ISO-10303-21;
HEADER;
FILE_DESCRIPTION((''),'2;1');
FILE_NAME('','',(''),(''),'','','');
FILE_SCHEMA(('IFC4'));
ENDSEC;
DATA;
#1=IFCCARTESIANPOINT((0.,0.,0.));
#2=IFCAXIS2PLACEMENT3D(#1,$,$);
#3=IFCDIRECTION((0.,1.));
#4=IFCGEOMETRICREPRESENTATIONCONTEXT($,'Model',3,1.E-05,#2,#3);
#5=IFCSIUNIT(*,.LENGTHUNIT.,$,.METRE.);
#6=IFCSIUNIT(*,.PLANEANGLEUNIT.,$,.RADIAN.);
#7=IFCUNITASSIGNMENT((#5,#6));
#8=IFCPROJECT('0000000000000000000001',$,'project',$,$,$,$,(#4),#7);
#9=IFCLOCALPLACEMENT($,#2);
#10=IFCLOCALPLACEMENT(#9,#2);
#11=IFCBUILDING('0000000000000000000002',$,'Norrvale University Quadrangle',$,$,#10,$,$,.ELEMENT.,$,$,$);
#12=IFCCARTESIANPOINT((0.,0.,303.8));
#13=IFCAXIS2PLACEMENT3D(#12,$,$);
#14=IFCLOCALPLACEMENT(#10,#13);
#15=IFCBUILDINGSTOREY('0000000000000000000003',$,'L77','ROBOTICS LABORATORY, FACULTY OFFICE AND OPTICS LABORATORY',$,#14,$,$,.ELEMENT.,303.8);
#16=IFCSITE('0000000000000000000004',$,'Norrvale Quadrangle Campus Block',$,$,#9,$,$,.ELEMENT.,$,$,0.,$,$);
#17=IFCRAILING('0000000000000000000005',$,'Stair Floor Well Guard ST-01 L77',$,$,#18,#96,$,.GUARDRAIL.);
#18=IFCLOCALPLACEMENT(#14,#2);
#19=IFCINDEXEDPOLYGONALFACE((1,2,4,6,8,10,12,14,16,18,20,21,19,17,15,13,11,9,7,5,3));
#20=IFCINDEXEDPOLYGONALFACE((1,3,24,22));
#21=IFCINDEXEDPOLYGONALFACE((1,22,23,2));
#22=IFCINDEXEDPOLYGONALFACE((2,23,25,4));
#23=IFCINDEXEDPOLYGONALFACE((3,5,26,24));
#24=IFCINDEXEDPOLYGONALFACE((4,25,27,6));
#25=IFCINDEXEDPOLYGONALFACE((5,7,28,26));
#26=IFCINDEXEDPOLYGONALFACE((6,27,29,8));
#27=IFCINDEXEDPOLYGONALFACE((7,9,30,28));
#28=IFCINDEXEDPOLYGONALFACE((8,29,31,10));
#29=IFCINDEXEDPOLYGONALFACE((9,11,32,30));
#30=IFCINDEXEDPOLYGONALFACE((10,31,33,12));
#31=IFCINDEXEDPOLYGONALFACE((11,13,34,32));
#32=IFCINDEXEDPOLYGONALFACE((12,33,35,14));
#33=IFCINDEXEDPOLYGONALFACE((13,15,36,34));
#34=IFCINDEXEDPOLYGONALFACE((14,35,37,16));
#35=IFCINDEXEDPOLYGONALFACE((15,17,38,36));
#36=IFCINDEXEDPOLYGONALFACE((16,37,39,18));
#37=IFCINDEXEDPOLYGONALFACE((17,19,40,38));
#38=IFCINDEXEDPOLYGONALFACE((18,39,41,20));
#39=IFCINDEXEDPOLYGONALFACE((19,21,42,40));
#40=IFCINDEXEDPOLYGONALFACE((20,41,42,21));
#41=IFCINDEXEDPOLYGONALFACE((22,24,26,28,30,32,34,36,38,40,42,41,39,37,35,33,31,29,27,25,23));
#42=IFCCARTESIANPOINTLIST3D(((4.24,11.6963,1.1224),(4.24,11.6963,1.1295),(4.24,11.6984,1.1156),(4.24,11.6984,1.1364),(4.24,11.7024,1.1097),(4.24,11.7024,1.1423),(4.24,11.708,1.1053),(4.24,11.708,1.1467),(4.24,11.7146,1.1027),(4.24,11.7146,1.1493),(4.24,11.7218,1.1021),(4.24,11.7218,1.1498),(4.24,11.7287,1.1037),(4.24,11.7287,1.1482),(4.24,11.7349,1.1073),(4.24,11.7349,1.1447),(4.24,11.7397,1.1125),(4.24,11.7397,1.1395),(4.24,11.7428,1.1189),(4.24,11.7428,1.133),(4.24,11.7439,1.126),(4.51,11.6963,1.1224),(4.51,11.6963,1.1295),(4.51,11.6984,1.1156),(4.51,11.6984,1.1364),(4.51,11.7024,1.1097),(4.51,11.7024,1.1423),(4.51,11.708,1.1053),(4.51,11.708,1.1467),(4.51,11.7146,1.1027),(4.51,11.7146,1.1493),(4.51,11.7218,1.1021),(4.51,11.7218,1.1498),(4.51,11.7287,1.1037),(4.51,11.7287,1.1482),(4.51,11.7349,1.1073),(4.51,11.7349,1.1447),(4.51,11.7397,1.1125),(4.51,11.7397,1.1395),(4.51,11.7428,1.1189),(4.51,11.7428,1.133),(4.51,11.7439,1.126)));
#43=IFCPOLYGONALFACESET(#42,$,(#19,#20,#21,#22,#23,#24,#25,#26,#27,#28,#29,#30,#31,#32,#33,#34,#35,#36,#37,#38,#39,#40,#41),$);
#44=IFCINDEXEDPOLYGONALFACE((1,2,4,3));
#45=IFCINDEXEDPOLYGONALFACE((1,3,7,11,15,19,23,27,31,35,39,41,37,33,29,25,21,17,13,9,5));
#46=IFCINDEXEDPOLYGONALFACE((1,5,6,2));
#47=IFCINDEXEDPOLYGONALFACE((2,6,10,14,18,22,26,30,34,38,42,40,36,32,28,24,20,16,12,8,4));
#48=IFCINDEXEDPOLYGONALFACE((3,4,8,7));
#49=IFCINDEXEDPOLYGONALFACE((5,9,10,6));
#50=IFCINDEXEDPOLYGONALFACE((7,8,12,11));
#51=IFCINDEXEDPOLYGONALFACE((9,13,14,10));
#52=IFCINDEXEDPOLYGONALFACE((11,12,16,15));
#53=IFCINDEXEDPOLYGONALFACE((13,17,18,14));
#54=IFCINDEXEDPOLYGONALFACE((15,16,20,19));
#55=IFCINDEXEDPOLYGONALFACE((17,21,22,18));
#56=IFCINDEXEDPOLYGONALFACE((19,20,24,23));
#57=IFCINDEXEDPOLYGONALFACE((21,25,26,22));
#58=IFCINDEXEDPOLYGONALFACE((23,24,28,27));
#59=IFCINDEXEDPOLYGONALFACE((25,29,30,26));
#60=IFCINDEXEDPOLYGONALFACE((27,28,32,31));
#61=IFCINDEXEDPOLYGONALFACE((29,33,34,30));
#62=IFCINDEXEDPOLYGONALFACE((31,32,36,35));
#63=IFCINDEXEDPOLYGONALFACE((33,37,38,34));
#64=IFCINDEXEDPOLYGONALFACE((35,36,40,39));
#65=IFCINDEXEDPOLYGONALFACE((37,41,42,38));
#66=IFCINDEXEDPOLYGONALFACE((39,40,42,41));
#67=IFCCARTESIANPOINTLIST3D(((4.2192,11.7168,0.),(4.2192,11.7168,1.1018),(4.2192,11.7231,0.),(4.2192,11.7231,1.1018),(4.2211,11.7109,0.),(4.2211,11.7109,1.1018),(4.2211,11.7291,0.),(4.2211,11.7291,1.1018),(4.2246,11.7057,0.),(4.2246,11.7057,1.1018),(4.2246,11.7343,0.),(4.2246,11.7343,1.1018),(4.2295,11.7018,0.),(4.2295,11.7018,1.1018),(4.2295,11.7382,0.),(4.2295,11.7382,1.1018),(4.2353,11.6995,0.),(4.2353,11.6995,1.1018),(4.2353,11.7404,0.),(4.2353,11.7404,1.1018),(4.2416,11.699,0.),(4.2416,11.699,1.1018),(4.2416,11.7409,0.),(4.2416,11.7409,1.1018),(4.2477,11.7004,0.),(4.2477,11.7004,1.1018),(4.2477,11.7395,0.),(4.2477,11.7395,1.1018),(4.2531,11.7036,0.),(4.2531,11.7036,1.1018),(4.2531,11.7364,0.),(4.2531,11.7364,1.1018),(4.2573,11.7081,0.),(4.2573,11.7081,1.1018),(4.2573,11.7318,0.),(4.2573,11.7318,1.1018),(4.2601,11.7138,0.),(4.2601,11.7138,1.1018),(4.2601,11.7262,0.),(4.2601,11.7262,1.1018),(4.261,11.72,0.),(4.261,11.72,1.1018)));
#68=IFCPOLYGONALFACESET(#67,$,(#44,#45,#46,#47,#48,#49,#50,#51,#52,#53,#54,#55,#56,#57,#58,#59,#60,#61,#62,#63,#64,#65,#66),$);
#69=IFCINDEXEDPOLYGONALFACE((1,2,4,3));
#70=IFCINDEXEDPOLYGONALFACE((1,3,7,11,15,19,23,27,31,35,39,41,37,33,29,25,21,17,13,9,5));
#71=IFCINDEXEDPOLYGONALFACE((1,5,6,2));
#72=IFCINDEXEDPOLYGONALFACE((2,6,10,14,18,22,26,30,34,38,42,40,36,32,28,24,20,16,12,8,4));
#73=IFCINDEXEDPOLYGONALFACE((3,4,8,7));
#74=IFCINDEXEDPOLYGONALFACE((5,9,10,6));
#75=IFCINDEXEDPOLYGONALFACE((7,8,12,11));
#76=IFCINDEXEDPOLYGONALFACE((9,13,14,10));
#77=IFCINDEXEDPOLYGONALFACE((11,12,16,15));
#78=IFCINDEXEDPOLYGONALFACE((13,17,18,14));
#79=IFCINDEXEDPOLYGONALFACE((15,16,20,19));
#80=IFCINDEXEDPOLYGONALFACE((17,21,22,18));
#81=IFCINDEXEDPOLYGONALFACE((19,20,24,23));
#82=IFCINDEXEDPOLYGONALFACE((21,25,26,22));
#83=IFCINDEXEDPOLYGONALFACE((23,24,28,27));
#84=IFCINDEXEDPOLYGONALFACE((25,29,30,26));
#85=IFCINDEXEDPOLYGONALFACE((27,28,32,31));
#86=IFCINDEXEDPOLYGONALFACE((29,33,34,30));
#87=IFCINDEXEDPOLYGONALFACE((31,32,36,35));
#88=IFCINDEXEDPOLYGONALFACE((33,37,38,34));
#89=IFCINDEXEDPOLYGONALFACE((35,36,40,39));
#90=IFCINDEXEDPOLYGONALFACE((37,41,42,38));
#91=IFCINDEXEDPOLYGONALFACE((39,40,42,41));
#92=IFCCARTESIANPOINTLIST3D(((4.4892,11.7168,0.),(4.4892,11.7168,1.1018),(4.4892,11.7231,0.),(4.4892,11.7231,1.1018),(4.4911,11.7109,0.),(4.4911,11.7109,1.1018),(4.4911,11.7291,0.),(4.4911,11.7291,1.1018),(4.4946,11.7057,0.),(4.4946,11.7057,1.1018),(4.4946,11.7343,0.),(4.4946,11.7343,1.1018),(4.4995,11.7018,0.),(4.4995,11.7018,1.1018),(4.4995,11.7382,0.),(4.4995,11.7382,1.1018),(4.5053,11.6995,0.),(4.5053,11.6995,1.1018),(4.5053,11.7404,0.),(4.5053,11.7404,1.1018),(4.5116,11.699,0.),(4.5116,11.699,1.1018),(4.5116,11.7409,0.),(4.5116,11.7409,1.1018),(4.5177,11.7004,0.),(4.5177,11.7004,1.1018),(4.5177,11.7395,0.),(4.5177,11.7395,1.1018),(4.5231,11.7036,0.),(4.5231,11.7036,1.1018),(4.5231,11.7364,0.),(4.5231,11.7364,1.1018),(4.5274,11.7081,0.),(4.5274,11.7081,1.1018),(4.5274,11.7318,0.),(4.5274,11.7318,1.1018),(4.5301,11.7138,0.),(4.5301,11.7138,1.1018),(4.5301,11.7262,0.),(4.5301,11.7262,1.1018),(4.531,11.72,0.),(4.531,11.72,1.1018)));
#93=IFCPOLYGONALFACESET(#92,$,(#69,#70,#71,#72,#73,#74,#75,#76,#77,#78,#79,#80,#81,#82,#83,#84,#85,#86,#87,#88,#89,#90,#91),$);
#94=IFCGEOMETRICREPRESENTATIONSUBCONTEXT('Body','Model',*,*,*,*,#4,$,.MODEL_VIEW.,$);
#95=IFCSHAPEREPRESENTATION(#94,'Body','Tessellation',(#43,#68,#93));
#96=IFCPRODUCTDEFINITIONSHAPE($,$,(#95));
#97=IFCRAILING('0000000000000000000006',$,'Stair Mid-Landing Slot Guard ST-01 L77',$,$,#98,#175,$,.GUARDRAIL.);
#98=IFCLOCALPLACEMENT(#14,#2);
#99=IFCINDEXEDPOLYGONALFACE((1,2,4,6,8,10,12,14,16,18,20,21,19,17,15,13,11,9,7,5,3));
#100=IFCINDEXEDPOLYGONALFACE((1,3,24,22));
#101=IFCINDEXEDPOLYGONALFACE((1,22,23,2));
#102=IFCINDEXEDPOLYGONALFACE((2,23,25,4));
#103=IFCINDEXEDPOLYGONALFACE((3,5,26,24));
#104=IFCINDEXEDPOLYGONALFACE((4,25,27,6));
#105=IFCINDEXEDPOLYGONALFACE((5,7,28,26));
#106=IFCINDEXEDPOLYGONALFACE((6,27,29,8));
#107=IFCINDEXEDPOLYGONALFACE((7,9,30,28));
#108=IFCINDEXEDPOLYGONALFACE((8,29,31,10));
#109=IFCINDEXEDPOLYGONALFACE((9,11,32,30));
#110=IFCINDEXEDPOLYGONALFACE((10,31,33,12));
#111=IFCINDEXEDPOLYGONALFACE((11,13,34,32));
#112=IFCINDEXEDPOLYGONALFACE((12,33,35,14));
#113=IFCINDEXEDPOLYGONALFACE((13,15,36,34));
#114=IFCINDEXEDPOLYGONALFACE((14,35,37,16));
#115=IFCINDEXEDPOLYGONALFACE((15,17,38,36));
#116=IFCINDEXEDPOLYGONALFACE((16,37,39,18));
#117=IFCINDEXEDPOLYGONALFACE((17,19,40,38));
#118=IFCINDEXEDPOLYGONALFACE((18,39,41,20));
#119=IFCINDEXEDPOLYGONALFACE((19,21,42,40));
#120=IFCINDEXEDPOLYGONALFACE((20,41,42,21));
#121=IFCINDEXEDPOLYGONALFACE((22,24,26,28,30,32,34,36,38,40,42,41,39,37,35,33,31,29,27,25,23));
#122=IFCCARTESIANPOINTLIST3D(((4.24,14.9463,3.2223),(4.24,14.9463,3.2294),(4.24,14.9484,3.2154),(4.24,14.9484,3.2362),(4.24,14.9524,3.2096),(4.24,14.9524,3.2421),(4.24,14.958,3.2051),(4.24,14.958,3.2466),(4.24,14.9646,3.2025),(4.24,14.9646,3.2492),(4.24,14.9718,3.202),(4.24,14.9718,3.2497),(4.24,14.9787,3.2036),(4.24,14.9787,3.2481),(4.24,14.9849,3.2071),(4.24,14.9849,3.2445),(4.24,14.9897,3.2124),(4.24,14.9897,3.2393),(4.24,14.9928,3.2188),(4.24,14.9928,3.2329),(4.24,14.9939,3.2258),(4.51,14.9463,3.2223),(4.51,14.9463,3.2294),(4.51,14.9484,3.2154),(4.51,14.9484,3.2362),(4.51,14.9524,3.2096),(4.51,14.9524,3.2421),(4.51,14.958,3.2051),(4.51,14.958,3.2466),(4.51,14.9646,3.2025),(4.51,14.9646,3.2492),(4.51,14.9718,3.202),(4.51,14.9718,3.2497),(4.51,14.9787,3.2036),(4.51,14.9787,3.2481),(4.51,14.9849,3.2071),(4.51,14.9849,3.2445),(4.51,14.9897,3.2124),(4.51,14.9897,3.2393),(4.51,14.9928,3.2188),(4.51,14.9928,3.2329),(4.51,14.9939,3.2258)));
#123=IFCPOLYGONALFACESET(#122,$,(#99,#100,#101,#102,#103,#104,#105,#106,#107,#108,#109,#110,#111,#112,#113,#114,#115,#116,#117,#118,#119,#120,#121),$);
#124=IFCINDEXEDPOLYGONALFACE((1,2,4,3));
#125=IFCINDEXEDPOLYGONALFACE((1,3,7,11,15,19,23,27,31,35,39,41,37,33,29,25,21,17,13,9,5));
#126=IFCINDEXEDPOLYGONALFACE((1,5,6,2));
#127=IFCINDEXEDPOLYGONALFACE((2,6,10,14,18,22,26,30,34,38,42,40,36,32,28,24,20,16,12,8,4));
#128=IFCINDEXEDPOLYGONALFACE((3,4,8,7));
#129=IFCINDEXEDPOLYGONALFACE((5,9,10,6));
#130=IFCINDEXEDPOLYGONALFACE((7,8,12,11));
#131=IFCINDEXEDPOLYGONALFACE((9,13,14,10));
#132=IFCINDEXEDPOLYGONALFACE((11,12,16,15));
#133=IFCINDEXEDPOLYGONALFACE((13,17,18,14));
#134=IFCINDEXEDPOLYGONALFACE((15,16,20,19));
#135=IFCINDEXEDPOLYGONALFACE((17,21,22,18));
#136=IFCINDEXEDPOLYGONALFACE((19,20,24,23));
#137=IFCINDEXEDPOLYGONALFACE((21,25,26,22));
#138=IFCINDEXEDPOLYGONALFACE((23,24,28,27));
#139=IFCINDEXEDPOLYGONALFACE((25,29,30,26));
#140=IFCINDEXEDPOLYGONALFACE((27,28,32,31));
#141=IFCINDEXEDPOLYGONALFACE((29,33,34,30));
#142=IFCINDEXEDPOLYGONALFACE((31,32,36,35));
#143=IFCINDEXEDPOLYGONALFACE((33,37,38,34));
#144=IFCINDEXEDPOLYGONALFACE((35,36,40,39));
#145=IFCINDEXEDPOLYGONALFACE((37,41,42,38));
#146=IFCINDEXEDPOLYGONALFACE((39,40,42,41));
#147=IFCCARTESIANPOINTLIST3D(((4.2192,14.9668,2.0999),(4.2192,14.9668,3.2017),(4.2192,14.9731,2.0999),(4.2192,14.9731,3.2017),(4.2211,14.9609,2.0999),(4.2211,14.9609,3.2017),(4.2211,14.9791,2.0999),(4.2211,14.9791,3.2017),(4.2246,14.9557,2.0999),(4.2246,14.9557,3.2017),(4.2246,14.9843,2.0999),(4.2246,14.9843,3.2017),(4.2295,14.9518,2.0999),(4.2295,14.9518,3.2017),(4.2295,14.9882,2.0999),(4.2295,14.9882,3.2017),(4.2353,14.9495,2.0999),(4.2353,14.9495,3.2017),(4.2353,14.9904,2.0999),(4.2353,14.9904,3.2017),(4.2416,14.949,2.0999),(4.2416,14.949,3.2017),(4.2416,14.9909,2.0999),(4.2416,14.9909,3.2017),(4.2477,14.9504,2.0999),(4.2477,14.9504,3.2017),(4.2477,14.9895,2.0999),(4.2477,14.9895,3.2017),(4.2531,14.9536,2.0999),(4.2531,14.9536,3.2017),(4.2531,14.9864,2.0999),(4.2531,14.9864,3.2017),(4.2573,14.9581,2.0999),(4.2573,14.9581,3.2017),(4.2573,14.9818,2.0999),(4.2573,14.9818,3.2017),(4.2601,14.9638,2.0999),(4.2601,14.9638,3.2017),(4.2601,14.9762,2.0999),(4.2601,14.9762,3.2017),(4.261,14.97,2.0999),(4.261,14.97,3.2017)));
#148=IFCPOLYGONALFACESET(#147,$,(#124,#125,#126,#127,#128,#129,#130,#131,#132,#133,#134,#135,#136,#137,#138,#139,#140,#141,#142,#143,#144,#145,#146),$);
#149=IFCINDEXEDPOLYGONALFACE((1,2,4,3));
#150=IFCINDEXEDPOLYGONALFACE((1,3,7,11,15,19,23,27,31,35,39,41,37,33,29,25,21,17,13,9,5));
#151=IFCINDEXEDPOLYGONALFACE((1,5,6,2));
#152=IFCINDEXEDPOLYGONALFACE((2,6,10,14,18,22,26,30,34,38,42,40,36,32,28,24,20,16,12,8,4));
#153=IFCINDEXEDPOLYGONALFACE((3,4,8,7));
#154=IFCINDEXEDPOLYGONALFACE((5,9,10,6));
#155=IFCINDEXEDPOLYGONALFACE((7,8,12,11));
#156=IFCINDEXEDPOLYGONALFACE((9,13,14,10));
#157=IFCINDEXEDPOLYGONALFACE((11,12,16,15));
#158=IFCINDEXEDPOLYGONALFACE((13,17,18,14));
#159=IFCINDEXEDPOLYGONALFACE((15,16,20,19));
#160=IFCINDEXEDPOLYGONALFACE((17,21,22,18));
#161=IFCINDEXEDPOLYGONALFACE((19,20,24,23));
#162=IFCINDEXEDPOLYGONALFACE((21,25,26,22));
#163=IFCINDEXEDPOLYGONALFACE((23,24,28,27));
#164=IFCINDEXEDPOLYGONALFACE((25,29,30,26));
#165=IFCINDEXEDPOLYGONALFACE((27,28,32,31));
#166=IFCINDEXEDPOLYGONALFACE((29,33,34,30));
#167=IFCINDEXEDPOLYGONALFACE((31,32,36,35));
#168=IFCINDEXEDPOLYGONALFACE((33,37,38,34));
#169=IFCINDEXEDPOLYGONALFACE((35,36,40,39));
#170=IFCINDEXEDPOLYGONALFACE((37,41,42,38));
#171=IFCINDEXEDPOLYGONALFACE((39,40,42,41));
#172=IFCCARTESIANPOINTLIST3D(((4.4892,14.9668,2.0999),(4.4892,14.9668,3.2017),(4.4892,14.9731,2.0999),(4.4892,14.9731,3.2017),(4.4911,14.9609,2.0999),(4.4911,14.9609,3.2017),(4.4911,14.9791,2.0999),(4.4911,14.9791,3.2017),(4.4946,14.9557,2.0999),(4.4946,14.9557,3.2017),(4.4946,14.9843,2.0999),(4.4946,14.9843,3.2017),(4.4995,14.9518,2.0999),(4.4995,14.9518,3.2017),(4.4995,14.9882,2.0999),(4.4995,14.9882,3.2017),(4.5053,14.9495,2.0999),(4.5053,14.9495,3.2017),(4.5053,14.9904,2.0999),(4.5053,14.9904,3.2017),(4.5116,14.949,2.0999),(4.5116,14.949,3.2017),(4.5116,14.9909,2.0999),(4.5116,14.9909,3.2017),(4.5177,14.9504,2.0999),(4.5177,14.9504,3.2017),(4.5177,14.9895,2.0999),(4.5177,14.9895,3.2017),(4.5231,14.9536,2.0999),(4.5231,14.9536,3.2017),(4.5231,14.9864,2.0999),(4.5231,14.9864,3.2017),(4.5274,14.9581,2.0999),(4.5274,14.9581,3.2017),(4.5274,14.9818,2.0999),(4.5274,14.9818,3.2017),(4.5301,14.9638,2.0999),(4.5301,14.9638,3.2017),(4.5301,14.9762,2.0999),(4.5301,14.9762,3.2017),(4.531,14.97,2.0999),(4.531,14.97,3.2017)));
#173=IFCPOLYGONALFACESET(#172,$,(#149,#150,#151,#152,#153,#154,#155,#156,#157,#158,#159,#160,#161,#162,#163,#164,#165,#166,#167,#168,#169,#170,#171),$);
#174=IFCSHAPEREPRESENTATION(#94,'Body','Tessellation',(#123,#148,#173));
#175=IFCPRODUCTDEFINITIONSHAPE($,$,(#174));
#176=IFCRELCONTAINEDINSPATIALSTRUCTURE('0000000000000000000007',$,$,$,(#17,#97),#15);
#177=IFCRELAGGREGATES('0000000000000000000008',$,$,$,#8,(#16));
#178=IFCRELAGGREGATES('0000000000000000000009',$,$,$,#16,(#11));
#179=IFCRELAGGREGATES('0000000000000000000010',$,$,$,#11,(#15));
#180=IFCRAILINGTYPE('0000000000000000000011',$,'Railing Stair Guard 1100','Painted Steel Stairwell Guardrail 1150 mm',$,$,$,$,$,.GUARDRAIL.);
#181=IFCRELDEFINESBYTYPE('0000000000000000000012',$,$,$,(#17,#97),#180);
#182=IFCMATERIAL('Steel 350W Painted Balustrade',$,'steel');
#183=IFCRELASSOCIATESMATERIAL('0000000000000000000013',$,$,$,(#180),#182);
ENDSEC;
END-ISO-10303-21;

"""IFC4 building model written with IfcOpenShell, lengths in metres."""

from ifc_helpers import new_model, si_unit, direction, frame, origin, origin_2d, place, context, subcontext, project, spatial, circle, extrude, material, type_object, element, save


model = new_model("IFC4")

# Units and contexts
model_context = context("Model", 3, precision=1e-05, world=origin(), true_north=direction((0.0, 1.0)))
body_context = subcontext(model_context, "Body", "Model", "MODEL_VIEW")
ifc_project = project(units=[si_unit("LENGTHUNIT", "METRE"), si_unit("PLANEANGLEUNIT", "RADIAN")], contexts=[model_context])

# Site, building, storey
site_placement = place(None, origin())
site = spatial("IfcSite", under=ifc_project, at=site_placement, Name="Norrvale Quadrangle Campus Block", CompositionType="ELEMENT", RefElevation=0.0)
building_placement = place(site_placement, origin())
building = spatial("IfcBuilding", under=site, at=building_placement, Name="Norrvale University Quadrangle", CompositionType="ELEMENT")
storey_placement = place(building_placement, frame((0.0, 0.0, 303.8)))
storey = spatial("IfcBuildingStorey", under=building, at=storey_placement, Name="L77", Description="ROBOTICS LABORATORY, FACULTY OFFICE AND OPTICS LABORATORY", CompositionType="ELEMENT", Elevation=303.8)

# Railings
ifc_material_1 = material(Name="Steel 350W Painted Balustrade", Category="steel")
railing_type_1 = type_object("IfcRailingType", Name="Railing Stair Guard 1100", Description="Painted Steel Stairwell Guardrail 1150 mm", PredefinedType="GUARDRAIL", material=ifc_material_1)
for number, where, name in (
    (1, (4.24, 11.72, 0.0), "Stair Floor Well Guard ST-01 L77"),
    (2, (4.24, 14.97, 2.0999), "Stair Mid-Landing Slot Guard ST-01 L77"),
):
    element("IfcRailing", number, at=place(storey_placement, frame(where)), inside=storey, type_object=railing_type_1, Name=name, PredefinedType="GUARDRAIL", context=body_context, shape_type="SweptSolid", body=[
        extrude(circle(Radius=0.0239, at=origin_2d()), frame((0.0, 0.0, 1.126), z_axis=(1.0, 0.0, 0.0), x_axis=(0.0, 1.0, 0.0)), (0.0, 0.0, 1.0), 0.27),
        extrude(circle(Radius=0.021, at=origin_2d()), origin(), (0.0, 0.0, 1.0), 1.1018),
        extrude(circle(Radius=0.021, at=origin_2d()), frame((0.27, 0.0, 0.0)), (0.0, 0.0, 1.0), 1.1018),
    ])

save(model, "model.ifc")
